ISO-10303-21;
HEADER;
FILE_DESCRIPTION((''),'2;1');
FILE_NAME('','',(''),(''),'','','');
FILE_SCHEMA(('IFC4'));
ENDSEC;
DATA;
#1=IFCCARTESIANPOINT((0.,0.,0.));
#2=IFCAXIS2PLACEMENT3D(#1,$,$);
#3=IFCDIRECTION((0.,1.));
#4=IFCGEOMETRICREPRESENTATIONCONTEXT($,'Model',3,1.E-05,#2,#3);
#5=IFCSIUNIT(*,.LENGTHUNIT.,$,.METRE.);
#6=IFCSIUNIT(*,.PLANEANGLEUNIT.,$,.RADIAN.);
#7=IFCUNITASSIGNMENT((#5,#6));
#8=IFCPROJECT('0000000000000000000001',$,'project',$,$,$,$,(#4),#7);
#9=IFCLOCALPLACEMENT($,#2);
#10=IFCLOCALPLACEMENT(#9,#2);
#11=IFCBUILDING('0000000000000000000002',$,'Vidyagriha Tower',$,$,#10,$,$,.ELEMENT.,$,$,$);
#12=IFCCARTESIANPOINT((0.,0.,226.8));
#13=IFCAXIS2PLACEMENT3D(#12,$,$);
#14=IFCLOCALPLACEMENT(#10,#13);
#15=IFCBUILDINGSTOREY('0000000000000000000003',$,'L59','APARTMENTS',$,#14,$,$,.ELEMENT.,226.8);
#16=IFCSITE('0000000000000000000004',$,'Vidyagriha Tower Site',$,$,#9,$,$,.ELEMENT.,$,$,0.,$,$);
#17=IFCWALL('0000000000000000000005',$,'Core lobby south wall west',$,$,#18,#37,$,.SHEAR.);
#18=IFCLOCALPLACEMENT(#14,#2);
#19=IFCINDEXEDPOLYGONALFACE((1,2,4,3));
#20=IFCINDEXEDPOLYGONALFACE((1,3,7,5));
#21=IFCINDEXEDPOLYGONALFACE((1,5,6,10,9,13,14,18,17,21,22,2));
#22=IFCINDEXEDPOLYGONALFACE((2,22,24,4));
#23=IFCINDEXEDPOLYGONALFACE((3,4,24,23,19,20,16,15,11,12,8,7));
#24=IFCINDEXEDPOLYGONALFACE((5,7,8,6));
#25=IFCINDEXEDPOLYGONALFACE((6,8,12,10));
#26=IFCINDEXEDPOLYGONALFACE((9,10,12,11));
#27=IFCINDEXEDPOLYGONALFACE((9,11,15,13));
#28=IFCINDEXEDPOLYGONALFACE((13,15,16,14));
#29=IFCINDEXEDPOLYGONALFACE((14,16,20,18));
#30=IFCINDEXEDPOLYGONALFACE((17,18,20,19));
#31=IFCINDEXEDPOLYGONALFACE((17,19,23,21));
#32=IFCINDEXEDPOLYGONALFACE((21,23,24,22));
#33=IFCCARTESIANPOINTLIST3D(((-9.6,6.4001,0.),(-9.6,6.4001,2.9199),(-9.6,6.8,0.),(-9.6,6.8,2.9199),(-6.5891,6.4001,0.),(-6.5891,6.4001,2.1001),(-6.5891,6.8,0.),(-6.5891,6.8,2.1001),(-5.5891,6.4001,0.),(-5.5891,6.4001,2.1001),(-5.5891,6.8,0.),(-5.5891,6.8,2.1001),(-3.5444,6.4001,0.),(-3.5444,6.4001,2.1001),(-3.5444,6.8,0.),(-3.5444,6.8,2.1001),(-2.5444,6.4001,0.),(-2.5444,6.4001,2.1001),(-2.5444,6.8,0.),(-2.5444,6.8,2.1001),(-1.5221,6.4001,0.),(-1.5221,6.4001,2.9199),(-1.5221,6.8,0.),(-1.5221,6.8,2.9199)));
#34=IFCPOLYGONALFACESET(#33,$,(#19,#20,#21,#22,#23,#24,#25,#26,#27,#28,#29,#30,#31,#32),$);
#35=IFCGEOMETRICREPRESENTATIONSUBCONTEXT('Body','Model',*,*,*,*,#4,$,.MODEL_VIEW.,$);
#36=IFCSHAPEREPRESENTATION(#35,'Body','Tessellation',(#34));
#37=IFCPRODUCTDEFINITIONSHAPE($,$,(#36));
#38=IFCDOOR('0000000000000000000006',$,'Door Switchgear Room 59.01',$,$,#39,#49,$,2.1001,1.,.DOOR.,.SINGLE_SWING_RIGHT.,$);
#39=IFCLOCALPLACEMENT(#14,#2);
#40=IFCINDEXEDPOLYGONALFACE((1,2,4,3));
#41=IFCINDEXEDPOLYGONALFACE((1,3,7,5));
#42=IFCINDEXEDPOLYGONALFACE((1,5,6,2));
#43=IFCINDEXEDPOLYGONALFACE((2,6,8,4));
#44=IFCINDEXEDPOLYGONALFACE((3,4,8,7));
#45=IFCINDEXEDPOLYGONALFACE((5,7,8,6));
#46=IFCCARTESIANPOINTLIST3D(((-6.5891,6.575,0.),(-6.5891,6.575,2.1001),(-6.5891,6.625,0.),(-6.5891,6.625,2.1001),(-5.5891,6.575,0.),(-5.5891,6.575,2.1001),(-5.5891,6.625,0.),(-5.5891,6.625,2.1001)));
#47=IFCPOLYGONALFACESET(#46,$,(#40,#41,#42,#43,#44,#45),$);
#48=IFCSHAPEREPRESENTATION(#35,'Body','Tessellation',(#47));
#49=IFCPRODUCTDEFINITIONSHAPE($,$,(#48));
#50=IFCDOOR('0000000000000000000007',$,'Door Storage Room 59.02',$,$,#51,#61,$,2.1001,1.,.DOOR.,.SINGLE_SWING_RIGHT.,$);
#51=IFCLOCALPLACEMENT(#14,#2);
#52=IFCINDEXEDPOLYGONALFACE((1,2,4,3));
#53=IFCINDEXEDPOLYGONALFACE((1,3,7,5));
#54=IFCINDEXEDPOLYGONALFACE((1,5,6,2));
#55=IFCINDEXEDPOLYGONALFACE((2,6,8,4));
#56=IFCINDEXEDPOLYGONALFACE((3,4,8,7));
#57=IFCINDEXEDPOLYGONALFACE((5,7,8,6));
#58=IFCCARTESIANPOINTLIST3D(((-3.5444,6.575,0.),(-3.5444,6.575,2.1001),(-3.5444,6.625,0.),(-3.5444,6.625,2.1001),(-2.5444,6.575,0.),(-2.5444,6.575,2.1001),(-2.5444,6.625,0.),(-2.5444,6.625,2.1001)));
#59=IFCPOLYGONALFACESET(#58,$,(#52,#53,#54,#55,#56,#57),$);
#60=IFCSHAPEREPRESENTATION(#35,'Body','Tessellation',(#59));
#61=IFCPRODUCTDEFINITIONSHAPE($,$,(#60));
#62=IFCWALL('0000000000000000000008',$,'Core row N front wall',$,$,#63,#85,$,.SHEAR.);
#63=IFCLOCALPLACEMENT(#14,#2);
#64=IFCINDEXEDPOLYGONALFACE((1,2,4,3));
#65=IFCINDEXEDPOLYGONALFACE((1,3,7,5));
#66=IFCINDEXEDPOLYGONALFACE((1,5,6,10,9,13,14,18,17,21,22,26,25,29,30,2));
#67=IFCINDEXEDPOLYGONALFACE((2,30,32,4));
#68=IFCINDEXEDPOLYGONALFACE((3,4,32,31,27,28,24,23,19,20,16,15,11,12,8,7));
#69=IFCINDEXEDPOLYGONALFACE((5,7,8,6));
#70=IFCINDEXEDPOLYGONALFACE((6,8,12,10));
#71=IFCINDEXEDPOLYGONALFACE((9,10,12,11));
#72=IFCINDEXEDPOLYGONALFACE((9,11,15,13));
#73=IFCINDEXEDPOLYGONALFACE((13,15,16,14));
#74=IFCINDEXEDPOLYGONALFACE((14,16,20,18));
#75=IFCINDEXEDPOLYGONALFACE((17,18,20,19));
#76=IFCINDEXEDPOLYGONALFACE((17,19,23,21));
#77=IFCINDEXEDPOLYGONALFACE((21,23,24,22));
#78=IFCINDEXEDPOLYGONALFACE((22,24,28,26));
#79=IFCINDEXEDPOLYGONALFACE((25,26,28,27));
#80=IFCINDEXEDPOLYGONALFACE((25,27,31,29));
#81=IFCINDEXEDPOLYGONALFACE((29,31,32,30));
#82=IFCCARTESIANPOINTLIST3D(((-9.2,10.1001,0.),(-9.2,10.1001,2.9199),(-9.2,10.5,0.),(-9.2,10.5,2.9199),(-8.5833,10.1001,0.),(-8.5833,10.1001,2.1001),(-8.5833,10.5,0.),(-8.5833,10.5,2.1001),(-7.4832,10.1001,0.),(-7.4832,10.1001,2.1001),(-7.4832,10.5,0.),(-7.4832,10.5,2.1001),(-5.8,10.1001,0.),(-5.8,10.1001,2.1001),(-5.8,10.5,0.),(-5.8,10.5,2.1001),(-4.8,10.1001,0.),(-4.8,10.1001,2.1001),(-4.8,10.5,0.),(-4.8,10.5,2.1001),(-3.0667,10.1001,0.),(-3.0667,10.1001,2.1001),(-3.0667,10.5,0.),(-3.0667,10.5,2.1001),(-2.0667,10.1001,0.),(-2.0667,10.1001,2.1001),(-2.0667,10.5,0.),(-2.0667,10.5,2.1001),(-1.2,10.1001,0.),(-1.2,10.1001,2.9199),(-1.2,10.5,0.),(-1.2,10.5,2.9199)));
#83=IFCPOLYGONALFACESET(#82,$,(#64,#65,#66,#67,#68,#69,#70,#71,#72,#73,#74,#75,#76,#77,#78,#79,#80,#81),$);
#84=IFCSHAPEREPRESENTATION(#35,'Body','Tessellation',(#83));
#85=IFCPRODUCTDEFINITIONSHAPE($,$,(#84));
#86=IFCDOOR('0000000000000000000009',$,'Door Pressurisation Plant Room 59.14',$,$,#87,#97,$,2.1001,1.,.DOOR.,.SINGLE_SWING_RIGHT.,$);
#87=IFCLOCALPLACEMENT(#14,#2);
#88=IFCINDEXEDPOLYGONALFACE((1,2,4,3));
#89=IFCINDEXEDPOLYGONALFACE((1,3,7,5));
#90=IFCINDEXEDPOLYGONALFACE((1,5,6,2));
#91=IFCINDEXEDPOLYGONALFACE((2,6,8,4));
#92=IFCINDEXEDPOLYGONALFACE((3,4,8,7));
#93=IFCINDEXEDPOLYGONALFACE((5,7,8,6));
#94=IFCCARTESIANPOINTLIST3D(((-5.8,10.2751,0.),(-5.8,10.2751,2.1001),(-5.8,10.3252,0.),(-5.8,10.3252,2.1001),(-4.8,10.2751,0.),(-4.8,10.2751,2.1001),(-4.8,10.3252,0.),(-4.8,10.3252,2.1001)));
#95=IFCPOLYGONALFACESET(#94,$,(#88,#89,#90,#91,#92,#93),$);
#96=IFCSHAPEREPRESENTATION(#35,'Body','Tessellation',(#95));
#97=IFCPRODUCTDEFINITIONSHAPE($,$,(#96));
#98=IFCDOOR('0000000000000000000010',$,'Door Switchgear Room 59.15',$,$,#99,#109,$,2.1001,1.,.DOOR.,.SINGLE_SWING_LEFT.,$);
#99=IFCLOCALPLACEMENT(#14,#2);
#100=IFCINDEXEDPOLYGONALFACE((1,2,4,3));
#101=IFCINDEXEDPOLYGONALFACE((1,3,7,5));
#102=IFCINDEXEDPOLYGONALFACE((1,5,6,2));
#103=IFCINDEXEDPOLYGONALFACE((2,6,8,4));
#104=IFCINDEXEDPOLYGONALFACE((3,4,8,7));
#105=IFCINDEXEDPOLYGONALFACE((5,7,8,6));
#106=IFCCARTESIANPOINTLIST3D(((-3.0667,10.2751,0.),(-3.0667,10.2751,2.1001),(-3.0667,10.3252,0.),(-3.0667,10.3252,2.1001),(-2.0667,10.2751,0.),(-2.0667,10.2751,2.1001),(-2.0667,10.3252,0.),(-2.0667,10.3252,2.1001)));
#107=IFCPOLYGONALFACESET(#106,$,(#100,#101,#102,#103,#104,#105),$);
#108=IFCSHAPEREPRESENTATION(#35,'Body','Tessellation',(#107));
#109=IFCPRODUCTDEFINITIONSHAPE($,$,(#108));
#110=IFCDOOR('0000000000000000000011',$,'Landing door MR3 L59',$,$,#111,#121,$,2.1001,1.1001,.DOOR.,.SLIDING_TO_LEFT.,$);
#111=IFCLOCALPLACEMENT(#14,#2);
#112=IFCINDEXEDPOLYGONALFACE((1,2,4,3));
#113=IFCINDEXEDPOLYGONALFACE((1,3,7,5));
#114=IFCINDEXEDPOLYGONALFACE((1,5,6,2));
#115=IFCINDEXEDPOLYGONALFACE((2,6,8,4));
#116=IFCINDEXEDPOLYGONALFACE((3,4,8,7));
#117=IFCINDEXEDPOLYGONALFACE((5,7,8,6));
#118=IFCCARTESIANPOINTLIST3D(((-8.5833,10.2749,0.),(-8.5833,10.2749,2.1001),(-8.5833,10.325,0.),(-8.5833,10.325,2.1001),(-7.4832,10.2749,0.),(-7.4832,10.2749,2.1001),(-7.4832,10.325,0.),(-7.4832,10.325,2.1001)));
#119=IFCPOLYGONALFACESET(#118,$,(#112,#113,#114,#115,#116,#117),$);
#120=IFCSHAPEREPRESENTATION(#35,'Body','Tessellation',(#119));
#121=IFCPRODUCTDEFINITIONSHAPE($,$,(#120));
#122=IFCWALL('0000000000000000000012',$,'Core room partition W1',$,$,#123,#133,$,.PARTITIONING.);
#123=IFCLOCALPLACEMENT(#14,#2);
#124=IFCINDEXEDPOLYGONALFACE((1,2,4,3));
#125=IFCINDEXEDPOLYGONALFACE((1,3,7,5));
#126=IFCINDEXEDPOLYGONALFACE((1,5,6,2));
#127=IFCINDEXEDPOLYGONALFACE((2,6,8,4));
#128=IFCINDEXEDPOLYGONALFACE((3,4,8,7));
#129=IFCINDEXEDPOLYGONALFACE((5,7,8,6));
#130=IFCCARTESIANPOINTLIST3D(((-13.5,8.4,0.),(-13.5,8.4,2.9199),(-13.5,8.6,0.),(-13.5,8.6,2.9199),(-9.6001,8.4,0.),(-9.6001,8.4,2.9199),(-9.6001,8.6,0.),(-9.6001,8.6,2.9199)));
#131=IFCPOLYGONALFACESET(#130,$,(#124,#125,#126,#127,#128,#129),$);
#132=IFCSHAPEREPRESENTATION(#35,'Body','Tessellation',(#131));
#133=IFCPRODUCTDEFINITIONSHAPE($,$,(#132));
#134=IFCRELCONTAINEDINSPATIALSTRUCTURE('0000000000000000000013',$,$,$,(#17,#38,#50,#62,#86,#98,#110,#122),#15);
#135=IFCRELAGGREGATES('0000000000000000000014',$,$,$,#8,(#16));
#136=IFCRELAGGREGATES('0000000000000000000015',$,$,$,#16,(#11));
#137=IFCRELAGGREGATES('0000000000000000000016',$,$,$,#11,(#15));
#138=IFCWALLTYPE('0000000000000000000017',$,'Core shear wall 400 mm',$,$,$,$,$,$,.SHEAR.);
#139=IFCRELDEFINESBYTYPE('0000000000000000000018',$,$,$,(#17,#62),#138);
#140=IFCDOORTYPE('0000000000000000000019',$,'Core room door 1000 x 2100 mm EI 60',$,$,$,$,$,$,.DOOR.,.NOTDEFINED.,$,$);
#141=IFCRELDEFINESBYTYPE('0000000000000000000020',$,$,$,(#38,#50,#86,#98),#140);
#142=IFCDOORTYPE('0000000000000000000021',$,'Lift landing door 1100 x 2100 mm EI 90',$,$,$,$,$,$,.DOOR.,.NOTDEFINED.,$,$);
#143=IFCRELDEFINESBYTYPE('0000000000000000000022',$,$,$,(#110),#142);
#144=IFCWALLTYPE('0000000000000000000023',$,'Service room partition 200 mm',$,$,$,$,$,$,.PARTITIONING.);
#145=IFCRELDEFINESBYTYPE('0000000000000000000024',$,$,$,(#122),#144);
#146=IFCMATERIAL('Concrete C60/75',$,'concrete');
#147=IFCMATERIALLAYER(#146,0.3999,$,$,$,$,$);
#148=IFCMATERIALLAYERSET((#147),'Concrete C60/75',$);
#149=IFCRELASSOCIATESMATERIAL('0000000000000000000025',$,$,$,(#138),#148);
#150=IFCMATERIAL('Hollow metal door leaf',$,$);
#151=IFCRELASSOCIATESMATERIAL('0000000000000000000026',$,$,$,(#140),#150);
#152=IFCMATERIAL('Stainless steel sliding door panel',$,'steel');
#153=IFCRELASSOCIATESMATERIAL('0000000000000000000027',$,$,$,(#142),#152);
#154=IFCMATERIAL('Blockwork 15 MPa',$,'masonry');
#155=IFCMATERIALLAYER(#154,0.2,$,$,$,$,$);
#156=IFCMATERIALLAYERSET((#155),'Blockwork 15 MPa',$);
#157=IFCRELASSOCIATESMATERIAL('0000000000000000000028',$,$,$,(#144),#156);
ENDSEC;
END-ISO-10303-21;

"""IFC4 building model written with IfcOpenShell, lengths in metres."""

from ifc_helpers import new_model, si_unit, direction, frame, frame_2d, origin, place, context, subcontext, project, spatial, rectangle, extrude, material, layer, layer_set, type_object, element, fill, save


model = new_model("IFC4")

# Units and contexts
model_context = context("Model", 3, precision=1e-05, world=origin(), true_north=direction((0.0, 1.0)))
body_context = subcontext(model_context, "Body", "Model", "MODEL_VIEW")
ifc_project = project(units=[si_unit("LENGTHUNIT", "METRE"), si_unit("PLANEANGLEUNIT", "RADIAN")], contexts=[model_context])

# Site, building, storey
site_placement = place(None, origin())
site = spatial("IfcSite", under=ifc_project, at=site_placement, Name="Vidyagriha Tower Site", CompositionType="ELEMENT", RefElevation=0.0)
building_placement = place(site_placement, origin())
building = spatial("IfcBuilding", under=site, at=building_placement, Name="Vidyagriha Tower", CompositionType="ELEMENT")
storey_placement = place(building_placement, frame((0.0, 0.0, 226.8)))
storey = spatial("IfcBuildingStorey", under=building, at=storey_placement, Name="L59", Description="APARTMENTS", CompositionType="ELEMENT", Elevation=226.8)

# Shared definitions
ifc_material_1 = material(Name="Concrete C60/75", Category="concrete")
ifc_layer_1 = layer(ifc_material_1, 0.3999)
ifc_layer_set_1 = layer_set([ifc_layer_1], Name="Concrete C60/75")
wall_type_1 = type_object("IfcWallType", Name="Core shear wall 400 mm", PredefinedType="SHEAR", material=ifc_layer_set_1)

# Walls, openings, doors
ifc_material_2 = material(Name="Hollow metal door leaf")
door_type_1 = type_object("IfcDoorType", Name="Core room door 1000 x 2100 mm EI 60", OperationType="NOTDEFINED", PredefinedType="DOOR", material=ifc_material_2)
ifc_material_3 = material(Name="Stainless steel sliding door panel", Category="steel")
door_type_2 = type_object("IfcDoorType", Name="Lift landing door 1100 x 2100 mm EI 90", OperationType="NOTDEFINED", PredefinedType="DOOR", material=ifc_material_3)
wall_1_placement = place(storey_placement, frame((-9.6001, 6.6001, 0.0)))
wall_1 = element("IfcWall", 1, at=wall_1_placement, inside=storey, type_object=wall_type_1, Name="Core lobby south wall west", PredefinedType="SHEAR", context=body_context, shape_type="SweptSolid", body=[
    extrude(rectangle(XDim=8.0779, YDim=0.3999, at=frame_2d((4.0391, 0.0))), origin(), (0.0, 0.0, 1.0), 2.9199),
])
opening_1_placement = place(wall_1_placement, frame((3.011, 0.0, 0.0)))
opening_1 = element("IfcOpeningElement", 2, at=opening_1_placement, cuts=wall_1, PredefinedType="OPENING", context=body_context, shape_type="SweptSolid", body=[
    extrude(rectangle(XDim=1.0, YDim=2.1001, at=frame_2d((0.5, 1.05))), frame((0.0, 0.21, 0.0), z_axis=(0.0, -1.0, 0.0), x_axis=(1.0, 0.0, 0.0)), (0.0, 0.0, 1.0), 0.4199),
])
opening_2_placement = place(wall_1_placement, frame((6.0557, 0.0, 0.0)))
opening_2 = element("IfcOpeningElement", 3, at=opening_2_placement, cuts=wall_1, PredefinedType="OPENING", context=body_context, shape_type="SweptSolid", body=[
    extrude(rectangle(XDim=1.0, YDim=2.1001, at=frame_2d((0.5, 1.05))), frame((0.0, 0.21, 0.0), z_axis=(0.0, -1.0, 0.0), x_axis=(1.0, 0.0, 0.0)), (0.0, 0.0, 1.0), 0.4199),
])
door_1_placement = place(opening_1_placement, origin())
door_1 = element("IfcDoor", 4, at=door_1_placement, inside=storey, type_object=door_type_1, Name="Door Switchgear Room 59.01", OperationType="SINGLE_SWING_RIGHT", OverallHeight=2.1001, OverallWidth=1.0, PredefinedType="DOOR", context=body_context, shape_type="SweptSolid", body=[
    extrude(rectangle(XDim=1.0, YDim=2.1001, at=frame_2d((0.5, 1.05))), frame((0.0, 0.0249, 0.0), z_axis=(0.0, -1.0, 0.0), x_axis=(1.0, 0.0, 0.0)), (0.0, 0.0, 1.0), 0.05),
])
fill(opening_1, door_1)
door_2_placement = place(opening_2_placement, origin())
door_2 = element("IfcDoor", 5, at=door_2_placement, inside=storey, type_object=door_type_1, Name="Door Storage Room 59.02", OperationType="SINGLE_SWING_RIGHT", OverallHeight=2.1001, OverallWidth=1.0, PredefinedType="DOOR", context=body_context, shape_type="SweptSolid", body=[
    extrude(rectangle(XDim=1.0, YDim=2.1001, at=frame_2d((0.5, 1.05))), frame((0.0, 0.0249, 0.0), z_axis=(0.0, -1.0, 0.0), x_axis=(1.0, 0.0, 0.0)), (0.0, 0.0, 1.0), 0.05),
])
fill(opening_2, door_2)
wall_2_placement = place(storey_placement, frame((-9.2, 10.3, 0.0)))
wall_2 = element("IfcWall", 6, at=wall_2_placement, inside=storey, type_object=wall_type_1, Name="Core row N front wall", PredefinedType="SHEAR", context=body_context, shape_type="SweptSolid", body=[
    extrude(rectangle(XDim=8.0, YDim=0.3999, at=frame_2d((4.0, 0.0))), origin(), (0.0, 0.0, 1.0), 2.9199),
])
opening_3_placement = place(wall_2_placement, frame((0.6167, 0.0, 0.0)))
opening_3 = element("IfcOpeningElement", 7, at=opening_3_placement, cuts=wall_2, PredefinedType="OPENING", context=body_context, shape_type="SweptSolid", body=[
    extrude(rectangle(XDim=1.1001, YDim=2.1001, at=frame_2d((0.55, 1.05))), frame((0.0, 0.21, 0.0), z_axis=(0.0, -1.0, 0.0), x_axis=(1.0, 0.0, 0.0)), (0.0, 0.0, 1.0), 0.4199),
])
opening_4_placement = place(wall_2_placement, frame((3.3999, 0.0, 0.0)))
opening_4 = element("IfcOpeningElement", 8, at=opening_4_placement, cuts=wall_2, PredefinedType="OPENING", context=body_context, shape_type="SweptSolid", body=[
    extrude(rectangle(XDim=1.0, YDim=2.1001, at=frame_2d((0.5, 1.05))), frame((0.0, 0.21, 0.0), z_axis=(0.0, -1.0, 0.0), x_axis=(1.0, 0.0, 0.0)), (0.0, 0.0, 1.0), 0.4199),
])
opening_5_placement = place(wall_2_placement, frame((6.1333, 0.0, 0.0)))
opening_5 = element("IfcOpeningElement", 9, at=opening_5_placement, cuts=wall_2, PredefinedType="OPENING", context=body_context, shape_type="SweptSolid", body=[
    extrude(rectangle(XDim=1.0, YDim=2.1001, at=frame_2d((0.5, 1.05))), frame((0.0, 0.21, 0.0), z_axis=(0.0, -1.0, 0.0), x_axis=(1.0, 0.0, 0.0)), (0.0, 0.0, 1.0), 0.4199),
])
door_3_placement = place(opening_4_placement, frame((1.0, 0.0, 0.0), z_axis=(0.0, 0.0, 1.0), x_axis=(-1.0, 0.0, 0.0)))
door_3 = element("IfcDoor", 10, at=door_3_placement, inside=storey, type_object=door_type_1, Name="Door Pressurisation Plant Room 59.14", OperationType="SINGLE_SWING_RIGHT", OverallHeight=2.1001, OverallWidth=1.0, PredefinedType="DOOR", context=body_context, shape_type="SweptSolid", body=[
    extrude(rectangle(XDim=1.0, YDim=2.1001, at=frame_2d((0.5, 1.05))), frame((0.0, 0.0249, 0.0), z_axis=(0.0, -1.0, 0.0), x_axis=(1.0, 0.0, 0.0)), (0.0, 0.0, 1.0), 0.05),
])
fill(opening_4, door_3)
door_4_placement = place(opening_5_placement, frame((1.0, 0.0, 0.0), z_axis=(0.0, 0.0, 1.0), x_axis=(-1.0, 0.0, 0.0)))
door_4 = element("IfcDoor", 11, at=door_4_placement, inside=storey, type_object=door_type_1, Name="Door Switchgear Room 59.15", OperationType="SINGLE_SWING_LEFT", OverallHeight=2.1001, OverallWidth=1.0, PredefinedType="DOOR", context=body_context, shape_type="SweptSolid", body=[
    extrude(rectangle(XDim=1.0, YDim=2.1001, at=frame_2d((0.5, 1.05))), frame((0.0, 0.0249, 0.0), z_axis=(0.0, -1.0, 0.0), x_axis=(1.0, 0.0, 0.0)), (0.0, 0.0, 1.0), 0.05),
])
fill(opening_5, door_4)
door_5_placement = place(opening_3_placement, origin())
door_5 = element("IfcDoor", 12, at=door_5_placement, inside=storey, type_object=door_type_2, Name="Landing door MR3 L59", OperationType="SLIDING_TO_LEFT", OverallHeight=2.1001, OverallWidth=1.1001, PredefinedType="DOOR", context=body_context, shape_type="SweptSolid", body=[
    extrude(rectangle(XDim=1.1001, YDim=2.1001, at=frame_2d((0.55, 1.05))), frame((0.0, 0.0249, 0.0), z_axis=(0.0, -1.0, 0.0), x_axis=(1.0, 0.0, 0.0)), (0.0, 0.0, 1.0), 0.05),
])
fill(opening_3, door_5)

# Wall
ifc_material_4 = material(Name="Blockwork 15 MPa", Category="masonry")
ifc_layer_2 = layer(ifc_material_4, 0.2)
ifc_layer_set_2 = layer_set([ifc_layer_2], Name="Blockwork 15 MPa")
wall_type_2 = type_object("IfcWallType", Name="Service room partition 200 mm", PredefinedType="PARTITIONING", material=ifc_layer_set_2)
wall_3_placement = place(storey_placement, frame((-13.5, 8.5, 0.0)))
element("IfcWall", 13, at=wall_3_placement, inside=storey, type_object=wall_type_2, Name="Core room partition W1", PredefinedType="PARTITIONING", context=body_context, shape_type="SweptSolid", body=[
    extrude(rectangle(XDim=3.8999, YDim=0.2, at=frame_2d((1.95, 0.0))), origin(), (0.0, 0.0, 1.0), 2.9199),
])

save(model, "model.ifc")
